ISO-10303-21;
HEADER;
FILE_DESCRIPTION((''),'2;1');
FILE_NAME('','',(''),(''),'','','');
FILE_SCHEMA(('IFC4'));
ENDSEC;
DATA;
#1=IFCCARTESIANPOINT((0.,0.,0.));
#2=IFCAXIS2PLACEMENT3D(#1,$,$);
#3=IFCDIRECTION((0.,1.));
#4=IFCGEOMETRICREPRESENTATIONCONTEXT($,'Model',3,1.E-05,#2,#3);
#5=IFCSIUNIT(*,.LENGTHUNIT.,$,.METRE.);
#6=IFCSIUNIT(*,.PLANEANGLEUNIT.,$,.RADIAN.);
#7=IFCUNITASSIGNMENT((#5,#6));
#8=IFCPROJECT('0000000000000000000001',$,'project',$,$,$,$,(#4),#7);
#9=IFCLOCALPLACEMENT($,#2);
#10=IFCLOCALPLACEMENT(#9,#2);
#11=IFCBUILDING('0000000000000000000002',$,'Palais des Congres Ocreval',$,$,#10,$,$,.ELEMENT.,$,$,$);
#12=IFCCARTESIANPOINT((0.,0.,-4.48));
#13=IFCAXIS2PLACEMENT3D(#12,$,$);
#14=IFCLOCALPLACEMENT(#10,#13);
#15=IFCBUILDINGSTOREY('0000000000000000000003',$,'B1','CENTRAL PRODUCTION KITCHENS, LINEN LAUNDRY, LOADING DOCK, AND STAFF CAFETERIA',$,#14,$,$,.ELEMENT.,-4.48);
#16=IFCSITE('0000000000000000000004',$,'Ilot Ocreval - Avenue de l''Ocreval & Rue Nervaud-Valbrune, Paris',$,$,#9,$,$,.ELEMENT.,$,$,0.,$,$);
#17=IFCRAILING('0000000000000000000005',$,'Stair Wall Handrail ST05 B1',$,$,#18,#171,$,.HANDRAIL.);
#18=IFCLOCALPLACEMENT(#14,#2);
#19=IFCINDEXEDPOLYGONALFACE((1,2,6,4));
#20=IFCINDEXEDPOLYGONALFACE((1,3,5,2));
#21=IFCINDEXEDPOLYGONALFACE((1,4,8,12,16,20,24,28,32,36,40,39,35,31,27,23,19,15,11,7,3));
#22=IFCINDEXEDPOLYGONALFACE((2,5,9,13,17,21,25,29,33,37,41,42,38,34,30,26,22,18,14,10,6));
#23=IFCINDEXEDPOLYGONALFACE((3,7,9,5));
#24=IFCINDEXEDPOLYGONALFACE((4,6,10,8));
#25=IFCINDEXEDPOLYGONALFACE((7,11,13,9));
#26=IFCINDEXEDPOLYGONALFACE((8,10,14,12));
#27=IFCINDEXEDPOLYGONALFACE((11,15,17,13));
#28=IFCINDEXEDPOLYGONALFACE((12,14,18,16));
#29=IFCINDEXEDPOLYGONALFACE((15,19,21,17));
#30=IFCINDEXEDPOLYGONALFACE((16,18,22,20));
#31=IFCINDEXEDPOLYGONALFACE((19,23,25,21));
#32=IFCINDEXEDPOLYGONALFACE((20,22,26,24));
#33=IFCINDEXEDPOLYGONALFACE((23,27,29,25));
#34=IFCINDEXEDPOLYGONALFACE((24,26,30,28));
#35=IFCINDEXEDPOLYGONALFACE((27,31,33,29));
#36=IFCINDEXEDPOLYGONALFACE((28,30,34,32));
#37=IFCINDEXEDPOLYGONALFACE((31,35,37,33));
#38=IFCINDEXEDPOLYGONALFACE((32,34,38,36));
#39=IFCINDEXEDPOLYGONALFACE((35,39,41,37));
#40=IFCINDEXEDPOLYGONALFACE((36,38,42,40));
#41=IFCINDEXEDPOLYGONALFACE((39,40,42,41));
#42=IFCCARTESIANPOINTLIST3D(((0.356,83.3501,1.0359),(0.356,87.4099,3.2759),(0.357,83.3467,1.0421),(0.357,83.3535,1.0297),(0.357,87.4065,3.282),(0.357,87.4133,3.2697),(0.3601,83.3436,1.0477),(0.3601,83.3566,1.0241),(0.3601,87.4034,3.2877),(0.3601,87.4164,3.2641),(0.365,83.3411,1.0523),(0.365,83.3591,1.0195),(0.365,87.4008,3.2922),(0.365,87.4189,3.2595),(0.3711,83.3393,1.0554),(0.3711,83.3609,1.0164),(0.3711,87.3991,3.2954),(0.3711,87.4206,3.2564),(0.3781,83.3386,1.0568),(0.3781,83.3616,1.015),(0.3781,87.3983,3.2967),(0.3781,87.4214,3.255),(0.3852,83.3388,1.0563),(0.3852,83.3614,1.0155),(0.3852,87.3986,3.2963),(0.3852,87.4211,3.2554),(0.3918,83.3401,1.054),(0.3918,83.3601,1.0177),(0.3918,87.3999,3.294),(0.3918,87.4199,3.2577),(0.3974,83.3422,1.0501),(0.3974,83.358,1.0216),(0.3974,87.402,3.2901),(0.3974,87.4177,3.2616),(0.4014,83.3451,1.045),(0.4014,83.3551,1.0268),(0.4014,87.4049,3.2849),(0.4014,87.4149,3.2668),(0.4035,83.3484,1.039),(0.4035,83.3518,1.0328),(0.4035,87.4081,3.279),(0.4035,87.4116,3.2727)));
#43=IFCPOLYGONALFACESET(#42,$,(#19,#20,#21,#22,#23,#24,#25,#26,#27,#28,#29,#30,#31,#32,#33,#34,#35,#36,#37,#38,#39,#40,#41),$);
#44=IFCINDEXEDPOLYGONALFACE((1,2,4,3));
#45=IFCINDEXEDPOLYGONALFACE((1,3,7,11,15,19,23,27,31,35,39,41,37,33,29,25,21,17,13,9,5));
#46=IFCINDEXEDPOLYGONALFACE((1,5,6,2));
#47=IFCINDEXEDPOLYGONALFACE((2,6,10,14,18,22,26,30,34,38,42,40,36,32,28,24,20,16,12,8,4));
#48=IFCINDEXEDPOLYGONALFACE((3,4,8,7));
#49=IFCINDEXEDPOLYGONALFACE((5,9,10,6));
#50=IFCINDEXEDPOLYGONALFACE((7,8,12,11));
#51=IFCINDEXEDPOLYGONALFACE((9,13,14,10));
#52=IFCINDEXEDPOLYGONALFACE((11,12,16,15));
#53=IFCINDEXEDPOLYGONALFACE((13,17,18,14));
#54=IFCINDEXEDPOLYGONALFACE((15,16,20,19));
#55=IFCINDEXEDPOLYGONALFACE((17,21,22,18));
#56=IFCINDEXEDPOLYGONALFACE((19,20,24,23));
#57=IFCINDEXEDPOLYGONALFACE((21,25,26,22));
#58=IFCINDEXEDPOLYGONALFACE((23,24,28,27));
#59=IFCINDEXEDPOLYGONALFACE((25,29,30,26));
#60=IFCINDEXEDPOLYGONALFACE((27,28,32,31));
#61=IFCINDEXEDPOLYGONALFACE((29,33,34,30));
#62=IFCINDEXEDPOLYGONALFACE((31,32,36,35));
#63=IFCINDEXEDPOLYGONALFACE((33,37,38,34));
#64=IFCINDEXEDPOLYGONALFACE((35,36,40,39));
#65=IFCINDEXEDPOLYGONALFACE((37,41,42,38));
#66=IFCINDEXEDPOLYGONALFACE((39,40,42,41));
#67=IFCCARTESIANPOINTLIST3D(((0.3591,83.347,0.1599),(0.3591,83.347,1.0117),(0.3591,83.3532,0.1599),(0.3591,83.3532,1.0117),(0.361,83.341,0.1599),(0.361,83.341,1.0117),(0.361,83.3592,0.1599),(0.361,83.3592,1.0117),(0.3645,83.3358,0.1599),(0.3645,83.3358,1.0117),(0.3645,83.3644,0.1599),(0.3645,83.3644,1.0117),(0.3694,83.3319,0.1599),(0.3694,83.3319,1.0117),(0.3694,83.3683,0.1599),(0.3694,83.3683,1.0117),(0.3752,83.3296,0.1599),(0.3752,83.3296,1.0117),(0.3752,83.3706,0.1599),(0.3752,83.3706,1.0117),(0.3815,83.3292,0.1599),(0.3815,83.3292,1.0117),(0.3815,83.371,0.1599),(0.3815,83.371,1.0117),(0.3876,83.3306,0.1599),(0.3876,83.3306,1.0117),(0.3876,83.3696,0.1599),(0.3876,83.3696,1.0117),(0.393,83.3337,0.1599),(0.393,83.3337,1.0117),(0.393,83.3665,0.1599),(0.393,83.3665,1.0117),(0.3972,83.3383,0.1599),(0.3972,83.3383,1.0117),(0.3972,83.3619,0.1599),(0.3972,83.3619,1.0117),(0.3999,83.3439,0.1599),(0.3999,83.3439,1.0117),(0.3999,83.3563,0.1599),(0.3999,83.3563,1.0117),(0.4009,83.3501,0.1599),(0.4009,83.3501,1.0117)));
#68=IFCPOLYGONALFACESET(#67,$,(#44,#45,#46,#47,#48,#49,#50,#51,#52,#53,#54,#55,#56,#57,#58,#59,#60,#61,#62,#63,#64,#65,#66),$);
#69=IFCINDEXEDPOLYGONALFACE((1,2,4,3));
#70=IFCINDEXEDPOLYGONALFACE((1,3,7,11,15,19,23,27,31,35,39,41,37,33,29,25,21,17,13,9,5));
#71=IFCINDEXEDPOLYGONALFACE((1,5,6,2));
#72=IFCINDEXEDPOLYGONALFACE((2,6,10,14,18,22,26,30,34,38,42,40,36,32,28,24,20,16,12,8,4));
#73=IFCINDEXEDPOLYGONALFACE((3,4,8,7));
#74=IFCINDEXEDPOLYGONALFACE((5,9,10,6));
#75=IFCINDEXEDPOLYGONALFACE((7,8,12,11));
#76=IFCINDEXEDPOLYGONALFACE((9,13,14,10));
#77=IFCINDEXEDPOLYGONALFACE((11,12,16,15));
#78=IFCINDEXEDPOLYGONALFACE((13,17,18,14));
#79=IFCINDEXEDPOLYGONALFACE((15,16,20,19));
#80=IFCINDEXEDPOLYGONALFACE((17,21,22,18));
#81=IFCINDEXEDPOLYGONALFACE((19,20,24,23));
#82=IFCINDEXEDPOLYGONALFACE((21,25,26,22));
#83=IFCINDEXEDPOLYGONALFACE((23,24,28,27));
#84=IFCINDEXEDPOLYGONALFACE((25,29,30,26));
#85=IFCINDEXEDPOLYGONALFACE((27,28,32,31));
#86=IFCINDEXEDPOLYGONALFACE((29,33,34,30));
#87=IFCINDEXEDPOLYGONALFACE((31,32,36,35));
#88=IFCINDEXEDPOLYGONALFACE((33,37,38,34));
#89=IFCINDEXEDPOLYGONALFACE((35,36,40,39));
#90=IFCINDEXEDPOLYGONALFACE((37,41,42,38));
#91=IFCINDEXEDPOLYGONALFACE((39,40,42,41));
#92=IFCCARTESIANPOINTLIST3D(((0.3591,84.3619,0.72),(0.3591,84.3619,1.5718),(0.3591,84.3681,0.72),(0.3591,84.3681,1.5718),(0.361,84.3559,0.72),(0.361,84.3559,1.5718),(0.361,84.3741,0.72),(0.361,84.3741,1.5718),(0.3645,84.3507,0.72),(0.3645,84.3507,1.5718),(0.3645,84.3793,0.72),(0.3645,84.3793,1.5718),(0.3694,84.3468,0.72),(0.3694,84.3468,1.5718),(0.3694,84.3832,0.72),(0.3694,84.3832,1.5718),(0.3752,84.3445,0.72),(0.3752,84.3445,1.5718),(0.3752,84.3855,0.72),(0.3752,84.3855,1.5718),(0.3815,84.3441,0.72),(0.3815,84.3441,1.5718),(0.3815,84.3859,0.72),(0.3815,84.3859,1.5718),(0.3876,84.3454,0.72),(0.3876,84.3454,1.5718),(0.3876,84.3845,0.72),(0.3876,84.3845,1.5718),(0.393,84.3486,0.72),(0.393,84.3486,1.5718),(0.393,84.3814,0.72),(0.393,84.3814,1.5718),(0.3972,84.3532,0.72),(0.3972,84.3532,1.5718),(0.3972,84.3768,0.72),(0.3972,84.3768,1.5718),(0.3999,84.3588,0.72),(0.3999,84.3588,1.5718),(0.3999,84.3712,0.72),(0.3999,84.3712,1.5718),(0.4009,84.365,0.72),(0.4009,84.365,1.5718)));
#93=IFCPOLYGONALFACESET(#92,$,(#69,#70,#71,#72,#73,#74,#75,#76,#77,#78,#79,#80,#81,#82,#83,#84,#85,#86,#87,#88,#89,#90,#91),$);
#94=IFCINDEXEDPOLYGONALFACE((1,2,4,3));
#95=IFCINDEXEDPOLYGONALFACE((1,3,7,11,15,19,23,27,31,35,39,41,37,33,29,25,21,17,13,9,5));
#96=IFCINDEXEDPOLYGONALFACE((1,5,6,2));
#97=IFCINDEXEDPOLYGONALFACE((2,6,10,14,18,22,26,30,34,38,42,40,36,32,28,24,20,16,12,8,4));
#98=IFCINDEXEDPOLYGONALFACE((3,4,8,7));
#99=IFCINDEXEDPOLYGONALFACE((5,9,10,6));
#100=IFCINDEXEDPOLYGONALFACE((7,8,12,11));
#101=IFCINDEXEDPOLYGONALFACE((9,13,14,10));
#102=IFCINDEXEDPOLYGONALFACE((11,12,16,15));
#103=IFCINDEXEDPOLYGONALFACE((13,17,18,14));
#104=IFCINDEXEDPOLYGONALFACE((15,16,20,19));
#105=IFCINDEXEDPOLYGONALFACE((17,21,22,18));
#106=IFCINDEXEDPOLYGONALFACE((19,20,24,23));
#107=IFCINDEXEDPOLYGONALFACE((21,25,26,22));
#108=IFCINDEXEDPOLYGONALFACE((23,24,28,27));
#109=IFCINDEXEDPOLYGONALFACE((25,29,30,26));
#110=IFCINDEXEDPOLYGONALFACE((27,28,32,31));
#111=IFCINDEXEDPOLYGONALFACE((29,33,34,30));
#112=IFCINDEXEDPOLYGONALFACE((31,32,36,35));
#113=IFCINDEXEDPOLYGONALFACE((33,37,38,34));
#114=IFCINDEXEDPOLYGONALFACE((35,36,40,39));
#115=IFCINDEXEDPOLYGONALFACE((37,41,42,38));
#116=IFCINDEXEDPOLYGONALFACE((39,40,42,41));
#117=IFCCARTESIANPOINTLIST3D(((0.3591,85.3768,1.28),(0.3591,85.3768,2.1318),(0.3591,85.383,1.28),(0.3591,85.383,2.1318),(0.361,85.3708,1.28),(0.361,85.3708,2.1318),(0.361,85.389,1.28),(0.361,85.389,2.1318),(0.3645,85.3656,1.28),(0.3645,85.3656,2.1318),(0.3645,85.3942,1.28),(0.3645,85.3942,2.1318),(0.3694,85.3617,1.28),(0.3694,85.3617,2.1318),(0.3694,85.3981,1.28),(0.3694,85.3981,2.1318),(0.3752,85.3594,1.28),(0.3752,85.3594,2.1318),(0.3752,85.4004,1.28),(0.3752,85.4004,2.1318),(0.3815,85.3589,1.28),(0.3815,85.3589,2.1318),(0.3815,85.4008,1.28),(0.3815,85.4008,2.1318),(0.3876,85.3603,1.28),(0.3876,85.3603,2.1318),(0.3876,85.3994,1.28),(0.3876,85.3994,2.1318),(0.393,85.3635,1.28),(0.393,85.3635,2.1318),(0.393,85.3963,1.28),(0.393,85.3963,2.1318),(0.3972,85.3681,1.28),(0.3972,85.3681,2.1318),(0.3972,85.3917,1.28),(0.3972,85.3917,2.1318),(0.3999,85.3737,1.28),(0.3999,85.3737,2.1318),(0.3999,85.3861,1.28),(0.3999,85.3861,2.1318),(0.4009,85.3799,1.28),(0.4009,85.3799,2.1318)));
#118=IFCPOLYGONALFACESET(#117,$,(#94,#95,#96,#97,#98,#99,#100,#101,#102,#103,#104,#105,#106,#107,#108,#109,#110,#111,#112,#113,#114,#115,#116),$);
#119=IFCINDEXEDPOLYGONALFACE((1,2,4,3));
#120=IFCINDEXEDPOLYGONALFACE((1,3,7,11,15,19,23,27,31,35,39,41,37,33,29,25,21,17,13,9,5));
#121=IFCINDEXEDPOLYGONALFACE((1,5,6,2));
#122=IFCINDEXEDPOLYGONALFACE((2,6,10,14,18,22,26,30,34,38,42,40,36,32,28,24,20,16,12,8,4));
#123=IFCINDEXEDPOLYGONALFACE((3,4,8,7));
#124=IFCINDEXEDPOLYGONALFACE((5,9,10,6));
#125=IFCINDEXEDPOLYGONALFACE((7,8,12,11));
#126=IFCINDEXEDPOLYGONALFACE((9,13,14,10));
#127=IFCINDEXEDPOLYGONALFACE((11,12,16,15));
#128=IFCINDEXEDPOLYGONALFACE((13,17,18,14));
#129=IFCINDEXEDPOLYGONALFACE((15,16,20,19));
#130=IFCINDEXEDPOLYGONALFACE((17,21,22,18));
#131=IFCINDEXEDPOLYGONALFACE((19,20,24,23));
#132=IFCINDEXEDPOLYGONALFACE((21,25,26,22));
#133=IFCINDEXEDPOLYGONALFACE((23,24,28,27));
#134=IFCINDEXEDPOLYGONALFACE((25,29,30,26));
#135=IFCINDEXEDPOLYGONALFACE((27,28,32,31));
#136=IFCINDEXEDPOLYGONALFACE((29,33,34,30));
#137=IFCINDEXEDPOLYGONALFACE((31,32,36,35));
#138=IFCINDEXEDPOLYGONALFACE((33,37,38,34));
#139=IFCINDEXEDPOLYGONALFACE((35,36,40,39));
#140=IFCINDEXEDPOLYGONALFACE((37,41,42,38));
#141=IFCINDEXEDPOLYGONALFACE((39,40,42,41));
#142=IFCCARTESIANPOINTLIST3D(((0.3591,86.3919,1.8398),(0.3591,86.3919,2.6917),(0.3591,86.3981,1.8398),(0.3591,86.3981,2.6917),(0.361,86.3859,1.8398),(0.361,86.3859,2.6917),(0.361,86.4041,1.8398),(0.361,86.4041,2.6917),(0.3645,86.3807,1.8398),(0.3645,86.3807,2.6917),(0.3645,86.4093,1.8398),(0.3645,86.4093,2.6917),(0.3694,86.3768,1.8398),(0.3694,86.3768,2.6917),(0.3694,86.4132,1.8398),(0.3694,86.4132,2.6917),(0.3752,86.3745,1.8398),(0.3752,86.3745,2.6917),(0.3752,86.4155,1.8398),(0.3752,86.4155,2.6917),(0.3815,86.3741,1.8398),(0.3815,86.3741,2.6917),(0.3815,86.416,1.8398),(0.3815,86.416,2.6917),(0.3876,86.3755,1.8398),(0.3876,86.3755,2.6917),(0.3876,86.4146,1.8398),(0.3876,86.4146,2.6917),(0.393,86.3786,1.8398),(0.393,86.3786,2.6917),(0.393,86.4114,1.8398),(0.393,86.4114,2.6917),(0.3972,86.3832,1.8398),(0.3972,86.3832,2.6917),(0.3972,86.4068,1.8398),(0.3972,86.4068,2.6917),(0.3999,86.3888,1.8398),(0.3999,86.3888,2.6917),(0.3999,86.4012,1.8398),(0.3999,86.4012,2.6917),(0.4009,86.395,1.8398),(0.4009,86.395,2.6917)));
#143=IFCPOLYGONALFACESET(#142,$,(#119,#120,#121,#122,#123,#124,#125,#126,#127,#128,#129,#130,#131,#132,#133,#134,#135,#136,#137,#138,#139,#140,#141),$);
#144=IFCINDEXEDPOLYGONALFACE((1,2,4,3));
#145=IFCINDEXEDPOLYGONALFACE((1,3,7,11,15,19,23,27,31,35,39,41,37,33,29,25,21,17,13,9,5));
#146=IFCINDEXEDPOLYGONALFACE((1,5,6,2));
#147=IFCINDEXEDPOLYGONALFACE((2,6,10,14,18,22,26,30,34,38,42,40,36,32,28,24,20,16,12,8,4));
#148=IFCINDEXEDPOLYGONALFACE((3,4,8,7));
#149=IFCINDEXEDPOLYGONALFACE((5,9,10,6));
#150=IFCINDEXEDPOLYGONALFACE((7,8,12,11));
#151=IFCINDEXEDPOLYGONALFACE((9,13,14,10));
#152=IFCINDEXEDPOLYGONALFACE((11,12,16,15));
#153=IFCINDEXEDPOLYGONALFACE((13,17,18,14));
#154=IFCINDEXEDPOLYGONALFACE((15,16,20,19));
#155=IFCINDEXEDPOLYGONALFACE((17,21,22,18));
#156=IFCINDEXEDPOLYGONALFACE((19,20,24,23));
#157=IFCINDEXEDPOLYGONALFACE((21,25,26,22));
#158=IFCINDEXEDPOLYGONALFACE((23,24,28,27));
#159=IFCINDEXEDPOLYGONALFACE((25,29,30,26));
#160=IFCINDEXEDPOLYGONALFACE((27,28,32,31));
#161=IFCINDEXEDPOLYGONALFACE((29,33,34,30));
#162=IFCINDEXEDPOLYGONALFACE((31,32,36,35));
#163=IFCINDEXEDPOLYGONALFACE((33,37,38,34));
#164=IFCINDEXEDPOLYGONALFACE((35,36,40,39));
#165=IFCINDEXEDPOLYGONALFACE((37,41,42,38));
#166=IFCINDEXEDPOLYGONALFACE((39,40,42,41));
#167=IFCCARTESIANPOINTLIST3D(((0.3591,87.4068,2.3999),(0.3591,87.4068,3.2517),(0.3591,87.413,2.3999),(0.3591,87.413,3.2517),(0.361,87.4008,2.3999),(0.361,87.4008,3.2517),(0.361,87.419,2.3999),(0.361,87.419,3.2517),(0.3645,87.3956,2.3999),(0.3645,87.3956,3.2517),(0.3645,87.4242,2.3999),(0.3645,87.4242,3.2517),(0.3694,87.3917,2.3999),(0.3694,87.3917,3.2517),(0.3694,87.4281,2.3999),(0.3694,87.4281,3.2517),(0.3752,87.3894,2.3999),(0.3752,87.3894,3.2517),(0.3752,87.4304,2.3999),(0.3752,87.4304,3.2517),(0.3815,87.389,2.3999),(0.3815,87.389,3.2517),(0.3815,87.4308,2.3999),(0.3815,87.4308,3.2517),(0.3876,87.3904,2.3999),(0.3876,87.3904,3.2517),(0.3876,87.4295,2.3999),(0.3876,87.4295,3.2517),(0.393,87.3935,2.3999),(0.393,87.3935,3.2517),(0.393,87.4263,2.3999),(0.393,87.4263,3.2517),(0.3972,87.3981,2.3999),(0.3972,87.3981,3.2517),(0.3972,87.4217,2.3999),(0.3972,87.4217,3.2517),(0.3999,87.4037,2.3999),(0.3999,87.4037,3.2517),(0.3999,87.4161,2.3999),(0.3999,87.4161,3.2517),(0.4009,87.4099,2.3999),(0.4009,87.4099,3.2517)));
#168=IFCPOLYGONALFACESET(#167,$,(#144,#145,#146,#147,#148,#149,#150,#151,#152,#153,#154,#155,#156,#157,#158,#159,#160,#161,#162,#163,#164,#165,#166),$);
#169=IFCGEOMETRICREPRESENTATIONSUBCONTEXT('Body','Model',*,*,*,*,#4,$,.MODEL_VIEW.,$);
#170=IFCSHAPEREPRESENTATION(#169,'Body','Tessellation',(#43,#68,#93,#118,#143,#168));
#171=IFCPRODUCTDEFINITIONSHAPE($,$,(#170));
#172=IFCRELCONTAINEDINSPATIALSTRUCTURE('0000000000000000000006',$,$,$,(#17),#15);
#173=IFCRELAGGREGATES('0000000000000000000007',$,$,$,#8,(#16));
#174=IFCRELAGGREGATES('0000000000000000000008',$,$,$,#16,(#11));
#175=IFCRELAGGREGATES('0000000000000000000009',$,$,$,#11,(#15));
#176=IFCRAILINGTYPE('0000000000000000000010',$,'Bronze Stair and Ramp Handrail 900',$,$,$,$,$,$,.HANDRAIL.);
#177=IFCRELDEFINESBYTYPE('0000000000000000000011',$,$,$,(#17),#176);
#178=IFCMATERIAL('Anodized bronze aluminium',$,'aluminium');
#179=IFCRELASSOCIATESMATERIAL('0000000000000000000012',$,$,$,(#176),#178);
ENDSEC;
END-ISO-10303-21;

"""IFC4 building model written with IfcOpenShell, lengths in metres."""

from ifc_helpers import new_model, si_unit, direction, frame, origin, origin_2d, place, context, subcontext, project, spatial, circle, extrude, material, type_object, element, save


model = new_model("IFC4")

# Units and contexts
model_context = context("Model", 3, precision=1e-05, world=origin(), true_north=direction((0.0, 1.0)))
body_context = subcontext(model_context, "Body", "Model", "MODEL_VIEW")
ifc_project = project(units=[si_unit("LENGTHUNIT", "METRE"), si_unit("PLANEANGLEUNIT", "RADIAN")], contexts=[model_context])

# Site, building, storey
site_placement = place(None, origin())
site = spatial("IfcSite", under=ifc_project, at=site_placement, Name="Ilot Ocreval - Avenue de l'Ocreval & Rue Nervaud-Valbrune, Paris", CompositionType="ELEMENT", RefElevation=0.0)
building_placement = place(site_placement, origin())
building = spatial("IfcBuilding", under=site, at=building_placement, Name="Palais des Congres Ocreval", CompositionType="ELEMENT")
storey_placement = place(building_placement, frame((0.0, 0.0, -4.48)))
storey = spatial("IfcBuildingStorey", under=building, at=storey_placement, Name="B1", Description="CENTRAL PRODUCTION KITCHENS, LINEN LAUNDRY, LOADING DOCK, AND STAFF CAFETERIA", CompositionType="ELEMENT", Elevation=-4.48)

# Railing
ifc_material_1 = material(Name="Anodized bronze aluminium", Category="aluminium")
railing_type_1 = type_object("IfcRailingType", Name="Bronze Stair and Ramp Handrail 900", PredefinedType="HANDRAIL", material=ifc_material_1)
railing_1_placement = place(storey_placement, frame((0.3799, 83.3501, 0.1599)))
element("IfcRailing", 1, at=railing_1_placement, inside=storey, type_object=railing_type_1, Name="Stair Wall Handrail ST05 B1", PredefinedType="HANDRAIL", context=body_context, shape_type="SweptSolid", body=[
    extrude(circle(Radius=0.0239, at=origin_2d()), frame((0.0, 0.0, 0.876), z_axis=(0.0, 0.875569, 0.483093), x_axis=(-1.0, 0.0, 0.0)), (0.0, 0.0, 1.0), 4.6367),
    extrude(circle(Radius=0.021, at=origin_2d()), origin(), (0.0, 0.0, 1.0), 0.8518),
    extrude(circle(Radius=0.021, at=origin_2d()), frame((0.0, 1.0149, 0.5601)), (0.0, 0.0, 1.0), 0.8518),
    extrude(circle(Radius=0.021, at=origin_2d()), frame((0.0, 2.0298, 1.1201)), (0.0, 0.0, 1.0), 0.8518),
    extrude(circle(Radius=0.021, at=origin_2d()), frame((0.0, 3.0449, 1.6799)), (0.0, 0.0, 1.0), 0.8518),
    extrude(circle(Radius=0.021, at=origin_2d()), frame((0.0, 4.0598, 2.24)), (0.0, 0.0, 1.0), 0.8518),
])

save(model, "model.ifc")
